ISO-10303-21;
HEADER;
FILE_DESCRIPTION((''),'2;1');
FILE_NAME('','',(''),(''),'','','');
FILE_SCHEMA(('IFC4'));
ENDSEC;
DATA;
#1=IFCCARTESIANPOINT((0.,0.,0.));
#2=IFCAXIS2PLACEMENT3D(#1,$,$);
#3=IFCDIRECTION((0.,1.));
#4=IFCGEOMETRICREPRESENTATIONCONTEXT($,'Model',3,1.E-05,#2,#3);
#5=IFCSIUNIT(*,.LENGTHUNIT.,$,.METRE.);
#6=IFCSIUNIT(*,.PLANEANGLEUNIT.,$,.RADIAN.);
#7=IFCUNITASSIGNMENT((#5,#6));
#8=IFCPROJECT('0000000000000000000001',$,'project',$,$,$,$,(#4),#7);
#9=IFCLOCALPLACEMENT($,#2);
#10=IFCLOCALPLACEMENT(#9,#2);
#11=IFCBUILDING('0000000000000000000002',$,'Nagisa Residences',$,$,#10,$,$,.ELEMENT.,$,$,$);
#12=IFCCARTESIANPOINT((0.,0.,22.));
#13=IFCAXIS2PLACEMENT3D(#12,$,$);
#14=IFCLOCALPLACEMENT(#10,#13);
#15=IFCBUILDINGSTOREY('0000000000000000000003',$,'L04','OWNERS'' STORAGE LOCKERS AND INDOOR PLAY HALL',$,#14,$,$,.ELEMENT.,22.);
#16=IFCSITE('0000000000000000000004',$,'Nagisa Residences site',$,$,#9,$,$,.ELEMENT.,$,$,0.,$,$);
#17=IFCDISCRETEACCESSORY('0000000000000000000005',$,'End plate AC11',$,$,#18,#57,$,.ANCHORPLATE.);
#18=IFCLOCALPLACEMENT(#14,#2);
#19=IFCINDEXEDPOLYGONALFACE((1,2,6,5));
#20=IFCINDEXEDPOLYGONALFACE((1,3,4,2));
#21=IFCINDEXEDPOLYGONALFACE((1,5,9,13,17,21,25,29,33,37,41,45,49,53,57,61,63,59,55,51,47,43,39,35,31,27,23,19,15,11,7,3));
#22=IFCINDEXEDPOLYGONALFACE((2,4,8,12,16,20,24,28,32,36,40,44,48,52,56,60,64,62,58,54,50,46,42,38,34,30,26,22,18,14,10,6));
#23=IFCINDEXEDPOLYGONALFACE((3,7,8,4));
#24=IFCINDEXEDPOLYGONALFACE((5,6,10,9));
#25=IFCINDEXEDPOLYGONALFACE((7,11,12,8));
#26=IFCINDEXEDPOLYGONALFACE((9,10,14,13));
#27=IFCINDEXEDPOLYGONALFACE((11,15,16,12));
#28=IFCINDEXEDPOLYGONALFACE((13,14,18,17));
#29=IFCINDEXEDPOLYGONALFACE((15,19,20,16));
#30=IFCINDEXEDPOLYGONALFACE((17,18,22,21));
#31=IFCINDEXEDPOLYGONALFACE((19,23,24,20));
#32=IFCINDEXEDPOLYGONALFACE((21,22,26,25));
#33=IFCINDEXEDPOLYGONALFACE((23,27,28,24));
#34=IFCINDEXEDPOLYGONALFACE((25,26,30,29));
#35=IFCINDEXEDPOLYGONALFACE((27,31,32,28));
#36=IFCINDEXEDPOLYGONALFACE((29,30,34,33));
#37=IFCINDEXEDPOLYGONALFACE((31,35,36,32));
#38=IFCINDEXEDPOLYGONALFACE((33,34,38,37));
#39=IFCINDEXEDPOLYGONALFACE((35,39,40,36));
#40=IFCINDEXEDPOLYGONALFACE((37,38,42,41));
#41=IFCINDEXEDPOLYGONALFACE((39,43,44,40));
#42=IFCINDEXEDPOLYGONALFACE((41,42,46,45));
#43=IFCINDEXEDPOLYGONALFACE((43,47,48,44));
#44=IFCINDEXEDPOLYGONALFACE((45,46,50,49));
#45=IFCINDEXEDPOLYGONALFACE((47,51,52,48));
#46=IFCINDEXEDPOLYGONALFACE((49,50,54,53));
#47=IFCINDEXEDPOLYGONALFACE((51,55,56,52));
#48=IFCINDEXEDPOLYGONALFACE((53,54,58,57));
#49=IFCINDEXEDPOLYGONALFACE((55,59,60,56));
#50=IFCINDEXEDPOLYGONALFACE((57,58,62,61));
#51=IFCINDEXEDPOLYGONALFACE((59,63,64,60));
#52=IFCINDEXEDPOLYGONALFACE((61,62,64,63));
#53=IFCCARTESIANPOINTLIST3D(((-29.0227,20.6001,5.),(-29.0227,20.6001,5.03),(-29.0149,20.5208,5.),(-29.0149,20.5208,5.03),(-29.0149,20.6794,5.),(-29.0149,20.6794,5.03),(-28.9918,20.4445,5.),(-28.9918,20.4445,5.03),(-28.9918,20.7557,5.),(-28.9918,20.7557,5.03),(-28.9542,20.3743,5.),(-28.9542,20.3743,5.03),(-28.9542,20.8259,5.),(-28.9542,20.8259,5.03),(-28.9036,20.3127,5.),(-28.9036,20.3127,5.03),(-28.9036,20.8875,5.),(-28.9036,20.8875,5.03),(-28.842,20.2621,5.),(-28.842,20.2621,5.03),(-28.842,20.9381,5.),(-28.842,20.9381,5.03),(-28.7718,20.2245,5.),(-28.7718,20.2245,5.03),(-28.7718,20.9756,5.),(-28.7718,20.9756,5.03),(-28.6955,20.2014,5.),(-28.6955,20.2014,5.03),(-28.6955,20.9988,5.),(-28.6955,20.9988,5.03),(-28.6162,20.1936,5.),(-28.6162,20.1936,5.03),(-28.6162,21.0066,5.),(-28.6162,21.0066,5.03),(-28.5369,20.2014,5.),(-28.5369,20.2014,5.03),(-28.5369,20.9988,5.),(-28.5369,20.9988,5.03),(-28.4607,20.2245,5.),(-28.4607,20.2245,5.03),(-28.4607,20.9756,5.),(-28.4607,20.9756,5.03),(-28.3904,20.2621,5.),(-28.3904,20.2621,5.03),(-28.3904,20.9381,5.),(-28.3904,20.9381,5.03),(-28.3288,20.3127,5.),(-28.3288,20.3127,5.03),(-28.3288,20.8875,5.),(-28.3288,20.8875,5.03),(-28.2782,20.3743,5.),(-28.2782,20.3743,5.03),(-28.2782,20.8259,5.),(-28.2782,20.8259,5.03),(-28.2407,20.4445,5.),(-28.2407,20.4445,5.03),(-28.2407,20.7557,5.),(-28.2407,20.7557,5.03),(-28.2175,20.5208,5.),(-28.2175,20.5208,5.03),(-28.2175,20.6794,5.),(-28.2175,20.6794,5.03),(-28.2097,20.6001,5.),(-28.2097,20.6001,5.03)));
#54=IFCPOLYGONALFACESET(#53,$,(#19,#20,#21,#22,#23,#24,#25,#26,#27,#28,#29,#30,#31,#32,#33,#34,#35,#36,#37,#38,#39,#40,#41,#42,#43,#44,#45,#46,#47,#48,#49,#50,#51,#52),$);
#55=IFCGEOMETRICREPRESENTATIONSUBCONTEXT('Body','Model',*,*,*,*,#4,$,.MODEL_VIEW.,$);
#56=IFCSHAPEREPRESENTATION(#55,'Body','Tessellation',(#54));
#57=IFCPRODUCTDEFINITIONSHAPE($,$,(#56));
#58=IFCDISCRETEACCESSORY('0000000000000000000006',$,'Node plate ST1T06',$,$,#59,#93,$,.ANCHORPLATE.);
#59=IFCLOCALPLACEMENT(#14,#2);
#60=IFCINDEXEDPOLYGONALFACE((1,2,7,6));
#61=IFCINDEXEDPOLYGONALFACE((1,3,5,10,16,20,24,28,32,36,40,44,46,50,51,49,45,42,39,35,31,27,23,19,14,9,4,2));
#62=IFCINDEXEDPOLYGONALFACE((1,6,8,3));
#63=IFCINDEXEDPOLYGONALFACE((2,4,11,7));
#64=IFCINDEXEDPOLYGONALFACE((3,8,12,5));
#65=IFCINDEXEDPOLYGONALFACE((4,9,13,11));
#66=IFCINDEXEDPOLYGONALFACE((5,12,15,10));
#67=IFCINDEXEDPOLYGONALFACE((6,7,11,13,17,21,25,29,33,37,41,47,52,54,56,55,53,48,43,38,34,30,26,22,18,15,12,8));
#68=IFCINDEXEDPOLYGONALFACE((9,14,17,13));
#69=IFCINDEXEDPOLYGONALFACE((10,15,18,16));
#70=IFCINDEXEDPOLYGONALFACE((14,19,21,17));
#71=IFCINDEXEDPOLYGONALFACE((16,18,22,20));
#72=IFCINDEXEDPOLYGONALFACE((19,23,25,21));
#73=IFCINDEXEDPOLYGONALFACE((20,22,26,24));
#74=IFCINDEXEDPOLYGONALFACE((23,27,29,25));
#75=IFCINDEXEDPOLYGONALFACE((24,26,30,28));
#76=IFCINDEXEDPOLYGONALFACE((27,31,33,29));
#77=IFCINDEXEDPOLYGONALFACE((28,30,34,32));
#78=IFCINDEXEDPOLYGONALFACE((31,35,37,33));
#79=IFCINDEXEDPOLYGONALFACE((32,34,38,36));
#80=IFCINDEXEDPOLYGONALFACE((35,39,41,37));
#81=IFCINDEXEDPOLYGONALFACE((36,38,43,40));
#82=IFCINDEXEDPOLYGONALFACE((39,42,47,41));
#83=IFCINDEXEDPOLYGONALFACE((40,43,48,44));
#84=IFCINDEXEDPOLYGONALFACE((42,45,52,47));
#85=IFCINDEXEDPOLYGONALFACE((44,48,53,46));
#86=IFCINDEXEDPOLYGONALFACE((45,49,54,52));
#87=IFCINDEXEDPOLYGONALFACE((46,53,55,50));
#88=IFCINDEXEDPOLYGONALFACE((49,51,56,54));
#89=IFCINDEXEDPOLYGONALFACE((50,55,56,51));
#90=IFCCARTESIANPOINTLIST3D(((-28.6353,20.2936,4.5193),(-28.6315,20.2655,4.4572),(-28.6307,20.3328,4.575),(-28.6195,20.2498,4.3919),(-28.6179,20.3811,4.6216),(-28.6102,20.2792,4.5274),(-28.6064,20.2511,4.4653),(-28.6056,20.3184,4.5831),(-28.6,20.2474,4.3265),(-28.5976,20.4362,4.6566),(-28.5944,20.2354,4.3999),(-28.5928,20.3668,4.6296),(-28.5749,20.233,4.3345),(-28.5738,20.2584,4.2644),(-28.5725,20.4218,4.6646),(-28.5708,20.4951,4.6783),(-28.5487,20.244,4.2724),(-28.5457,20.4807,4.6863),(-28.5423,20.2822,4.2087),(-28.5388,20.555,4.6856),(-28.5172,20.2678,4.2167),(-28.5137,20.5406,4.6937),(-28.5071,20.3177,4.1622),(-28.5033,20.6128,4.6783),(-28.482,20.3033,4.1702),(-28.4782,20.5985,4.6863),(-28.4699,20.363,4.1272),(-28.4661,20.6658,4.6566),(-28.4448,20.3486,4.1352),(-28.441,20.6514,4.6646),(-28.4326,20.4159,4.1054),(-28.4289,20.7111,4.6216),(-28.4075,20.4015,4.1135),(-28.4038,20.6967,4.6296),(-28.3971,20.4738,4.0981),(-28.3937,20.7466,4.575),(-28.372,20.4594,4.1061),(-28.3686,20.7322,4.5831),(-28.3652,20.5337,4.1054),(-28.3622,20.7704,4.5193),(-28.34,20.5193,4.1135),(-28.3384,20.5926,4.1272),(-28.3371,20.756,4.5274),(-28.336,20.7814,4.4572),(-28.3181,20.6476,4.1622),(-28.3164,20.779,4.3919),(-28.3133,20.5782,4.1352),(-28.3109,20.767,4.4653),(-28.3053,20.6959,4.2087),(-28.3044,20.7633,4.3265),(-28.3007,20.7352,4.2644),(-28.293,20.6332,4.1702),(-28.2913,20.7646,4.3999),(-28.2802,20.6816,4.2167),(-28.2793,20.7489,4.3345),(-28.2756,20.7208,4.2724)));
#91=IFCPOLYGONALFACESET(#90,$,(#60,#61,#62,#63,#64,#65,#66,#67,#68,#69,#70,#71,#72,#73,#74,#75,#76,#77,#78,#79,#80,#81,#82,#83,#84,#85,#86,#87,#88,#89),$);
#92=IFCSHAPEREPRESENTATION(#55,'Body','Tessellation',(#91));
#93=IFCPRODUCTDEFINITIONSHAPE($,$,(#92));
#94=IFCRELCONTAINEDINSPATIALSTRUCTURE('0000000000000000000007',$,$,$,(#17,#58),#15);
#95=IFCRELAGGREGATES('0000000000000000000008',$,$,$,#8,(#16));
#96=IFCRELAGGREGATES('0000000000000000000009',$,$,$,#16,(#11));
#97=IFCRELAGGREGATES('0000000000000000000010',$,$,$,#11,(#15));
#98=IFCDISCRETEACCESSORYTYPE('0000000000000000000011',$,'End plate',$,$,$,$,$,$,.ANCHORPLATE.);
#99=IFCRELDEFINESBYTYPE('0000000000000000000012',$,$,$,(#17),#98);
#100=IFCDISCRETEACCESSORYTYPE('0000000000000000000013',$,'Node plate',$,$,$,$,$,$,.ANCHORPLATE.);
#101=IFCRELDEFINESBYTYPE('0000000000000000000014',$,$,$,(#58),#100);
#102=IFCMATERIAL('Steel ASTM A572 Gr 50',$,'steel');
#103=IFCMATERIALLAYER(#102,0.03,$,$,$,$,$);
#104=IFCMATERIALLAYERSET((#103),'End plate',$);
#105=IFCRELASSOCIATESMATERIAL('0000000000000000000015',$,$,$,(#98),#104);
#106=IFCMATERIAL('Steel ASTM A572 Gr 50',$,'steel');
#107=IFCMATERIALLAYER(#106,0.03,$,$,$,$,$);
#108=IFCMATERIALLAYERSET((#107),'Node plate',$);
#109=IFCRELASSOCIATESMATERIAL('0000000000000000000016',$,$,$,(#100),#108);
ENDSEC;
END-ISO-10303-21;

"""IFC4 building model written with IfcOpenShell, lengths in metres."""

from ifc_helpers import new_model, si_unit, direction, frame, origin, origin_2d, place, context, subcontext, project, spatial, circle, extrude, material, layer, layer_set, type_object, element, save


model = new_model("IFC4")

# Units and contexts
model_context = context("Model", 3, precision=1e-05, world=origin(), true_north=direction((0.0, 1.0)))
body_context = subcontext(model_context, "Body", "Model", "MODEL_VIEW")
ifc_project = project(units=[si_unit("LENGTHUNIT", "METRE"), si_unit("PLANEANGLEUNIT", "RADIAN")], contexts=[model_context])

# Site, building, storey
site_placement = place(None, origin())
site = spatial("IfcSite", under=ifc_project, at=site_placement, Name="Nagisa Residences site", CompositionType="ELEMENT", RefElevation=0.0)
building_placement = place(site_placement, origin())
building = spatial("IfcBuilding", under=site, at=building_placement, Name="Nagisa Residences", CompositionType="ELEMENT")
storey_placement = place(building_placement, frame((0.0, 0.0, 22.0)))
storey = spatial("IfcBuildingStorey", under=building, at=storey_placement, Name="L04", Description="OWNERS' STORAGE LOCKERS AND INDOOR PLAY HALL", CompositionType="ELEMENT", Elevation=22.0)

# Discrete accessories
ifc_material_1 = material(Name="Steel ASTM A572 Gr 50", Category="steel")
ifc_layer_1 = layer(ifc_material_1, 0.03)
ifc_layer_set_1 = layer_set([ifc_layer_1], Name="End plate")
discrete_accessory_type_1 = type_object("IfcDiscreteAccessoryType", Name="End plate", PredefinedType="ANCHORPLATE", material=ifc_layer_set_1)
for number, where, z_axis, x_axis, name in (
    (1, (-28.6162, 20.6001, 5.0), (0.0, 0.0, 1.0), (1.0, 0.0, 0.0), "End plate AC11"),
):
    element("IfcDiscreteAccessory", number, at=place(storey_placement, frame(where, z_axis=z_axis, x_axis=x_axis)), inside=storey, type_object=discrete_accessory_type_1, Name=name, PredefinedType="ANCHORPLATE", context=body_context, shape_type="SweptSolid", body=[
        extrude(circle(Radius=0.4065, at=origin_2d()), origin(), (0.0, 0.0, 1.0), 0.03),
    ])
ifc_material_2 = material(Name="Steel ASTM A572 Gr 50", Category="steel")
ifc_layer_2 = layer(ifc_material_2, 0.03)
ifc_layer_set_2 = layer_set([ifc_layer_2], Name="Node plate")
discrete_accessory_type_2 = type_object("IfcDiscreteAccessoryType", Name="Node plate", PredefinedType="ANCHORPLATE", material=ifc_layer_set_2)
discrete_accessory_placement = place(storey_placement, frame((-28.4429, 20.5, 4.3999), z_axis=(-0.836018, 0.478884, -0.26785), x_axis=(-0.497046, -0.867724, 0.0)))
element("IfcDiscreteAccessory", 2, at=discrete_accessory_placement, inside=storey, type_object=discrete_accessory_type_2, Name="Node plate ST1T06", PredefinedType="ANCHORPLATE", context=body_context, shape_type="SweptSolid", body=[
    extrude(circle(Radius=0.3049, at=origin_2d()), origin(), (0.0, 0.0, 1.0), 0.03),
])

save(model, "model.ifc")
